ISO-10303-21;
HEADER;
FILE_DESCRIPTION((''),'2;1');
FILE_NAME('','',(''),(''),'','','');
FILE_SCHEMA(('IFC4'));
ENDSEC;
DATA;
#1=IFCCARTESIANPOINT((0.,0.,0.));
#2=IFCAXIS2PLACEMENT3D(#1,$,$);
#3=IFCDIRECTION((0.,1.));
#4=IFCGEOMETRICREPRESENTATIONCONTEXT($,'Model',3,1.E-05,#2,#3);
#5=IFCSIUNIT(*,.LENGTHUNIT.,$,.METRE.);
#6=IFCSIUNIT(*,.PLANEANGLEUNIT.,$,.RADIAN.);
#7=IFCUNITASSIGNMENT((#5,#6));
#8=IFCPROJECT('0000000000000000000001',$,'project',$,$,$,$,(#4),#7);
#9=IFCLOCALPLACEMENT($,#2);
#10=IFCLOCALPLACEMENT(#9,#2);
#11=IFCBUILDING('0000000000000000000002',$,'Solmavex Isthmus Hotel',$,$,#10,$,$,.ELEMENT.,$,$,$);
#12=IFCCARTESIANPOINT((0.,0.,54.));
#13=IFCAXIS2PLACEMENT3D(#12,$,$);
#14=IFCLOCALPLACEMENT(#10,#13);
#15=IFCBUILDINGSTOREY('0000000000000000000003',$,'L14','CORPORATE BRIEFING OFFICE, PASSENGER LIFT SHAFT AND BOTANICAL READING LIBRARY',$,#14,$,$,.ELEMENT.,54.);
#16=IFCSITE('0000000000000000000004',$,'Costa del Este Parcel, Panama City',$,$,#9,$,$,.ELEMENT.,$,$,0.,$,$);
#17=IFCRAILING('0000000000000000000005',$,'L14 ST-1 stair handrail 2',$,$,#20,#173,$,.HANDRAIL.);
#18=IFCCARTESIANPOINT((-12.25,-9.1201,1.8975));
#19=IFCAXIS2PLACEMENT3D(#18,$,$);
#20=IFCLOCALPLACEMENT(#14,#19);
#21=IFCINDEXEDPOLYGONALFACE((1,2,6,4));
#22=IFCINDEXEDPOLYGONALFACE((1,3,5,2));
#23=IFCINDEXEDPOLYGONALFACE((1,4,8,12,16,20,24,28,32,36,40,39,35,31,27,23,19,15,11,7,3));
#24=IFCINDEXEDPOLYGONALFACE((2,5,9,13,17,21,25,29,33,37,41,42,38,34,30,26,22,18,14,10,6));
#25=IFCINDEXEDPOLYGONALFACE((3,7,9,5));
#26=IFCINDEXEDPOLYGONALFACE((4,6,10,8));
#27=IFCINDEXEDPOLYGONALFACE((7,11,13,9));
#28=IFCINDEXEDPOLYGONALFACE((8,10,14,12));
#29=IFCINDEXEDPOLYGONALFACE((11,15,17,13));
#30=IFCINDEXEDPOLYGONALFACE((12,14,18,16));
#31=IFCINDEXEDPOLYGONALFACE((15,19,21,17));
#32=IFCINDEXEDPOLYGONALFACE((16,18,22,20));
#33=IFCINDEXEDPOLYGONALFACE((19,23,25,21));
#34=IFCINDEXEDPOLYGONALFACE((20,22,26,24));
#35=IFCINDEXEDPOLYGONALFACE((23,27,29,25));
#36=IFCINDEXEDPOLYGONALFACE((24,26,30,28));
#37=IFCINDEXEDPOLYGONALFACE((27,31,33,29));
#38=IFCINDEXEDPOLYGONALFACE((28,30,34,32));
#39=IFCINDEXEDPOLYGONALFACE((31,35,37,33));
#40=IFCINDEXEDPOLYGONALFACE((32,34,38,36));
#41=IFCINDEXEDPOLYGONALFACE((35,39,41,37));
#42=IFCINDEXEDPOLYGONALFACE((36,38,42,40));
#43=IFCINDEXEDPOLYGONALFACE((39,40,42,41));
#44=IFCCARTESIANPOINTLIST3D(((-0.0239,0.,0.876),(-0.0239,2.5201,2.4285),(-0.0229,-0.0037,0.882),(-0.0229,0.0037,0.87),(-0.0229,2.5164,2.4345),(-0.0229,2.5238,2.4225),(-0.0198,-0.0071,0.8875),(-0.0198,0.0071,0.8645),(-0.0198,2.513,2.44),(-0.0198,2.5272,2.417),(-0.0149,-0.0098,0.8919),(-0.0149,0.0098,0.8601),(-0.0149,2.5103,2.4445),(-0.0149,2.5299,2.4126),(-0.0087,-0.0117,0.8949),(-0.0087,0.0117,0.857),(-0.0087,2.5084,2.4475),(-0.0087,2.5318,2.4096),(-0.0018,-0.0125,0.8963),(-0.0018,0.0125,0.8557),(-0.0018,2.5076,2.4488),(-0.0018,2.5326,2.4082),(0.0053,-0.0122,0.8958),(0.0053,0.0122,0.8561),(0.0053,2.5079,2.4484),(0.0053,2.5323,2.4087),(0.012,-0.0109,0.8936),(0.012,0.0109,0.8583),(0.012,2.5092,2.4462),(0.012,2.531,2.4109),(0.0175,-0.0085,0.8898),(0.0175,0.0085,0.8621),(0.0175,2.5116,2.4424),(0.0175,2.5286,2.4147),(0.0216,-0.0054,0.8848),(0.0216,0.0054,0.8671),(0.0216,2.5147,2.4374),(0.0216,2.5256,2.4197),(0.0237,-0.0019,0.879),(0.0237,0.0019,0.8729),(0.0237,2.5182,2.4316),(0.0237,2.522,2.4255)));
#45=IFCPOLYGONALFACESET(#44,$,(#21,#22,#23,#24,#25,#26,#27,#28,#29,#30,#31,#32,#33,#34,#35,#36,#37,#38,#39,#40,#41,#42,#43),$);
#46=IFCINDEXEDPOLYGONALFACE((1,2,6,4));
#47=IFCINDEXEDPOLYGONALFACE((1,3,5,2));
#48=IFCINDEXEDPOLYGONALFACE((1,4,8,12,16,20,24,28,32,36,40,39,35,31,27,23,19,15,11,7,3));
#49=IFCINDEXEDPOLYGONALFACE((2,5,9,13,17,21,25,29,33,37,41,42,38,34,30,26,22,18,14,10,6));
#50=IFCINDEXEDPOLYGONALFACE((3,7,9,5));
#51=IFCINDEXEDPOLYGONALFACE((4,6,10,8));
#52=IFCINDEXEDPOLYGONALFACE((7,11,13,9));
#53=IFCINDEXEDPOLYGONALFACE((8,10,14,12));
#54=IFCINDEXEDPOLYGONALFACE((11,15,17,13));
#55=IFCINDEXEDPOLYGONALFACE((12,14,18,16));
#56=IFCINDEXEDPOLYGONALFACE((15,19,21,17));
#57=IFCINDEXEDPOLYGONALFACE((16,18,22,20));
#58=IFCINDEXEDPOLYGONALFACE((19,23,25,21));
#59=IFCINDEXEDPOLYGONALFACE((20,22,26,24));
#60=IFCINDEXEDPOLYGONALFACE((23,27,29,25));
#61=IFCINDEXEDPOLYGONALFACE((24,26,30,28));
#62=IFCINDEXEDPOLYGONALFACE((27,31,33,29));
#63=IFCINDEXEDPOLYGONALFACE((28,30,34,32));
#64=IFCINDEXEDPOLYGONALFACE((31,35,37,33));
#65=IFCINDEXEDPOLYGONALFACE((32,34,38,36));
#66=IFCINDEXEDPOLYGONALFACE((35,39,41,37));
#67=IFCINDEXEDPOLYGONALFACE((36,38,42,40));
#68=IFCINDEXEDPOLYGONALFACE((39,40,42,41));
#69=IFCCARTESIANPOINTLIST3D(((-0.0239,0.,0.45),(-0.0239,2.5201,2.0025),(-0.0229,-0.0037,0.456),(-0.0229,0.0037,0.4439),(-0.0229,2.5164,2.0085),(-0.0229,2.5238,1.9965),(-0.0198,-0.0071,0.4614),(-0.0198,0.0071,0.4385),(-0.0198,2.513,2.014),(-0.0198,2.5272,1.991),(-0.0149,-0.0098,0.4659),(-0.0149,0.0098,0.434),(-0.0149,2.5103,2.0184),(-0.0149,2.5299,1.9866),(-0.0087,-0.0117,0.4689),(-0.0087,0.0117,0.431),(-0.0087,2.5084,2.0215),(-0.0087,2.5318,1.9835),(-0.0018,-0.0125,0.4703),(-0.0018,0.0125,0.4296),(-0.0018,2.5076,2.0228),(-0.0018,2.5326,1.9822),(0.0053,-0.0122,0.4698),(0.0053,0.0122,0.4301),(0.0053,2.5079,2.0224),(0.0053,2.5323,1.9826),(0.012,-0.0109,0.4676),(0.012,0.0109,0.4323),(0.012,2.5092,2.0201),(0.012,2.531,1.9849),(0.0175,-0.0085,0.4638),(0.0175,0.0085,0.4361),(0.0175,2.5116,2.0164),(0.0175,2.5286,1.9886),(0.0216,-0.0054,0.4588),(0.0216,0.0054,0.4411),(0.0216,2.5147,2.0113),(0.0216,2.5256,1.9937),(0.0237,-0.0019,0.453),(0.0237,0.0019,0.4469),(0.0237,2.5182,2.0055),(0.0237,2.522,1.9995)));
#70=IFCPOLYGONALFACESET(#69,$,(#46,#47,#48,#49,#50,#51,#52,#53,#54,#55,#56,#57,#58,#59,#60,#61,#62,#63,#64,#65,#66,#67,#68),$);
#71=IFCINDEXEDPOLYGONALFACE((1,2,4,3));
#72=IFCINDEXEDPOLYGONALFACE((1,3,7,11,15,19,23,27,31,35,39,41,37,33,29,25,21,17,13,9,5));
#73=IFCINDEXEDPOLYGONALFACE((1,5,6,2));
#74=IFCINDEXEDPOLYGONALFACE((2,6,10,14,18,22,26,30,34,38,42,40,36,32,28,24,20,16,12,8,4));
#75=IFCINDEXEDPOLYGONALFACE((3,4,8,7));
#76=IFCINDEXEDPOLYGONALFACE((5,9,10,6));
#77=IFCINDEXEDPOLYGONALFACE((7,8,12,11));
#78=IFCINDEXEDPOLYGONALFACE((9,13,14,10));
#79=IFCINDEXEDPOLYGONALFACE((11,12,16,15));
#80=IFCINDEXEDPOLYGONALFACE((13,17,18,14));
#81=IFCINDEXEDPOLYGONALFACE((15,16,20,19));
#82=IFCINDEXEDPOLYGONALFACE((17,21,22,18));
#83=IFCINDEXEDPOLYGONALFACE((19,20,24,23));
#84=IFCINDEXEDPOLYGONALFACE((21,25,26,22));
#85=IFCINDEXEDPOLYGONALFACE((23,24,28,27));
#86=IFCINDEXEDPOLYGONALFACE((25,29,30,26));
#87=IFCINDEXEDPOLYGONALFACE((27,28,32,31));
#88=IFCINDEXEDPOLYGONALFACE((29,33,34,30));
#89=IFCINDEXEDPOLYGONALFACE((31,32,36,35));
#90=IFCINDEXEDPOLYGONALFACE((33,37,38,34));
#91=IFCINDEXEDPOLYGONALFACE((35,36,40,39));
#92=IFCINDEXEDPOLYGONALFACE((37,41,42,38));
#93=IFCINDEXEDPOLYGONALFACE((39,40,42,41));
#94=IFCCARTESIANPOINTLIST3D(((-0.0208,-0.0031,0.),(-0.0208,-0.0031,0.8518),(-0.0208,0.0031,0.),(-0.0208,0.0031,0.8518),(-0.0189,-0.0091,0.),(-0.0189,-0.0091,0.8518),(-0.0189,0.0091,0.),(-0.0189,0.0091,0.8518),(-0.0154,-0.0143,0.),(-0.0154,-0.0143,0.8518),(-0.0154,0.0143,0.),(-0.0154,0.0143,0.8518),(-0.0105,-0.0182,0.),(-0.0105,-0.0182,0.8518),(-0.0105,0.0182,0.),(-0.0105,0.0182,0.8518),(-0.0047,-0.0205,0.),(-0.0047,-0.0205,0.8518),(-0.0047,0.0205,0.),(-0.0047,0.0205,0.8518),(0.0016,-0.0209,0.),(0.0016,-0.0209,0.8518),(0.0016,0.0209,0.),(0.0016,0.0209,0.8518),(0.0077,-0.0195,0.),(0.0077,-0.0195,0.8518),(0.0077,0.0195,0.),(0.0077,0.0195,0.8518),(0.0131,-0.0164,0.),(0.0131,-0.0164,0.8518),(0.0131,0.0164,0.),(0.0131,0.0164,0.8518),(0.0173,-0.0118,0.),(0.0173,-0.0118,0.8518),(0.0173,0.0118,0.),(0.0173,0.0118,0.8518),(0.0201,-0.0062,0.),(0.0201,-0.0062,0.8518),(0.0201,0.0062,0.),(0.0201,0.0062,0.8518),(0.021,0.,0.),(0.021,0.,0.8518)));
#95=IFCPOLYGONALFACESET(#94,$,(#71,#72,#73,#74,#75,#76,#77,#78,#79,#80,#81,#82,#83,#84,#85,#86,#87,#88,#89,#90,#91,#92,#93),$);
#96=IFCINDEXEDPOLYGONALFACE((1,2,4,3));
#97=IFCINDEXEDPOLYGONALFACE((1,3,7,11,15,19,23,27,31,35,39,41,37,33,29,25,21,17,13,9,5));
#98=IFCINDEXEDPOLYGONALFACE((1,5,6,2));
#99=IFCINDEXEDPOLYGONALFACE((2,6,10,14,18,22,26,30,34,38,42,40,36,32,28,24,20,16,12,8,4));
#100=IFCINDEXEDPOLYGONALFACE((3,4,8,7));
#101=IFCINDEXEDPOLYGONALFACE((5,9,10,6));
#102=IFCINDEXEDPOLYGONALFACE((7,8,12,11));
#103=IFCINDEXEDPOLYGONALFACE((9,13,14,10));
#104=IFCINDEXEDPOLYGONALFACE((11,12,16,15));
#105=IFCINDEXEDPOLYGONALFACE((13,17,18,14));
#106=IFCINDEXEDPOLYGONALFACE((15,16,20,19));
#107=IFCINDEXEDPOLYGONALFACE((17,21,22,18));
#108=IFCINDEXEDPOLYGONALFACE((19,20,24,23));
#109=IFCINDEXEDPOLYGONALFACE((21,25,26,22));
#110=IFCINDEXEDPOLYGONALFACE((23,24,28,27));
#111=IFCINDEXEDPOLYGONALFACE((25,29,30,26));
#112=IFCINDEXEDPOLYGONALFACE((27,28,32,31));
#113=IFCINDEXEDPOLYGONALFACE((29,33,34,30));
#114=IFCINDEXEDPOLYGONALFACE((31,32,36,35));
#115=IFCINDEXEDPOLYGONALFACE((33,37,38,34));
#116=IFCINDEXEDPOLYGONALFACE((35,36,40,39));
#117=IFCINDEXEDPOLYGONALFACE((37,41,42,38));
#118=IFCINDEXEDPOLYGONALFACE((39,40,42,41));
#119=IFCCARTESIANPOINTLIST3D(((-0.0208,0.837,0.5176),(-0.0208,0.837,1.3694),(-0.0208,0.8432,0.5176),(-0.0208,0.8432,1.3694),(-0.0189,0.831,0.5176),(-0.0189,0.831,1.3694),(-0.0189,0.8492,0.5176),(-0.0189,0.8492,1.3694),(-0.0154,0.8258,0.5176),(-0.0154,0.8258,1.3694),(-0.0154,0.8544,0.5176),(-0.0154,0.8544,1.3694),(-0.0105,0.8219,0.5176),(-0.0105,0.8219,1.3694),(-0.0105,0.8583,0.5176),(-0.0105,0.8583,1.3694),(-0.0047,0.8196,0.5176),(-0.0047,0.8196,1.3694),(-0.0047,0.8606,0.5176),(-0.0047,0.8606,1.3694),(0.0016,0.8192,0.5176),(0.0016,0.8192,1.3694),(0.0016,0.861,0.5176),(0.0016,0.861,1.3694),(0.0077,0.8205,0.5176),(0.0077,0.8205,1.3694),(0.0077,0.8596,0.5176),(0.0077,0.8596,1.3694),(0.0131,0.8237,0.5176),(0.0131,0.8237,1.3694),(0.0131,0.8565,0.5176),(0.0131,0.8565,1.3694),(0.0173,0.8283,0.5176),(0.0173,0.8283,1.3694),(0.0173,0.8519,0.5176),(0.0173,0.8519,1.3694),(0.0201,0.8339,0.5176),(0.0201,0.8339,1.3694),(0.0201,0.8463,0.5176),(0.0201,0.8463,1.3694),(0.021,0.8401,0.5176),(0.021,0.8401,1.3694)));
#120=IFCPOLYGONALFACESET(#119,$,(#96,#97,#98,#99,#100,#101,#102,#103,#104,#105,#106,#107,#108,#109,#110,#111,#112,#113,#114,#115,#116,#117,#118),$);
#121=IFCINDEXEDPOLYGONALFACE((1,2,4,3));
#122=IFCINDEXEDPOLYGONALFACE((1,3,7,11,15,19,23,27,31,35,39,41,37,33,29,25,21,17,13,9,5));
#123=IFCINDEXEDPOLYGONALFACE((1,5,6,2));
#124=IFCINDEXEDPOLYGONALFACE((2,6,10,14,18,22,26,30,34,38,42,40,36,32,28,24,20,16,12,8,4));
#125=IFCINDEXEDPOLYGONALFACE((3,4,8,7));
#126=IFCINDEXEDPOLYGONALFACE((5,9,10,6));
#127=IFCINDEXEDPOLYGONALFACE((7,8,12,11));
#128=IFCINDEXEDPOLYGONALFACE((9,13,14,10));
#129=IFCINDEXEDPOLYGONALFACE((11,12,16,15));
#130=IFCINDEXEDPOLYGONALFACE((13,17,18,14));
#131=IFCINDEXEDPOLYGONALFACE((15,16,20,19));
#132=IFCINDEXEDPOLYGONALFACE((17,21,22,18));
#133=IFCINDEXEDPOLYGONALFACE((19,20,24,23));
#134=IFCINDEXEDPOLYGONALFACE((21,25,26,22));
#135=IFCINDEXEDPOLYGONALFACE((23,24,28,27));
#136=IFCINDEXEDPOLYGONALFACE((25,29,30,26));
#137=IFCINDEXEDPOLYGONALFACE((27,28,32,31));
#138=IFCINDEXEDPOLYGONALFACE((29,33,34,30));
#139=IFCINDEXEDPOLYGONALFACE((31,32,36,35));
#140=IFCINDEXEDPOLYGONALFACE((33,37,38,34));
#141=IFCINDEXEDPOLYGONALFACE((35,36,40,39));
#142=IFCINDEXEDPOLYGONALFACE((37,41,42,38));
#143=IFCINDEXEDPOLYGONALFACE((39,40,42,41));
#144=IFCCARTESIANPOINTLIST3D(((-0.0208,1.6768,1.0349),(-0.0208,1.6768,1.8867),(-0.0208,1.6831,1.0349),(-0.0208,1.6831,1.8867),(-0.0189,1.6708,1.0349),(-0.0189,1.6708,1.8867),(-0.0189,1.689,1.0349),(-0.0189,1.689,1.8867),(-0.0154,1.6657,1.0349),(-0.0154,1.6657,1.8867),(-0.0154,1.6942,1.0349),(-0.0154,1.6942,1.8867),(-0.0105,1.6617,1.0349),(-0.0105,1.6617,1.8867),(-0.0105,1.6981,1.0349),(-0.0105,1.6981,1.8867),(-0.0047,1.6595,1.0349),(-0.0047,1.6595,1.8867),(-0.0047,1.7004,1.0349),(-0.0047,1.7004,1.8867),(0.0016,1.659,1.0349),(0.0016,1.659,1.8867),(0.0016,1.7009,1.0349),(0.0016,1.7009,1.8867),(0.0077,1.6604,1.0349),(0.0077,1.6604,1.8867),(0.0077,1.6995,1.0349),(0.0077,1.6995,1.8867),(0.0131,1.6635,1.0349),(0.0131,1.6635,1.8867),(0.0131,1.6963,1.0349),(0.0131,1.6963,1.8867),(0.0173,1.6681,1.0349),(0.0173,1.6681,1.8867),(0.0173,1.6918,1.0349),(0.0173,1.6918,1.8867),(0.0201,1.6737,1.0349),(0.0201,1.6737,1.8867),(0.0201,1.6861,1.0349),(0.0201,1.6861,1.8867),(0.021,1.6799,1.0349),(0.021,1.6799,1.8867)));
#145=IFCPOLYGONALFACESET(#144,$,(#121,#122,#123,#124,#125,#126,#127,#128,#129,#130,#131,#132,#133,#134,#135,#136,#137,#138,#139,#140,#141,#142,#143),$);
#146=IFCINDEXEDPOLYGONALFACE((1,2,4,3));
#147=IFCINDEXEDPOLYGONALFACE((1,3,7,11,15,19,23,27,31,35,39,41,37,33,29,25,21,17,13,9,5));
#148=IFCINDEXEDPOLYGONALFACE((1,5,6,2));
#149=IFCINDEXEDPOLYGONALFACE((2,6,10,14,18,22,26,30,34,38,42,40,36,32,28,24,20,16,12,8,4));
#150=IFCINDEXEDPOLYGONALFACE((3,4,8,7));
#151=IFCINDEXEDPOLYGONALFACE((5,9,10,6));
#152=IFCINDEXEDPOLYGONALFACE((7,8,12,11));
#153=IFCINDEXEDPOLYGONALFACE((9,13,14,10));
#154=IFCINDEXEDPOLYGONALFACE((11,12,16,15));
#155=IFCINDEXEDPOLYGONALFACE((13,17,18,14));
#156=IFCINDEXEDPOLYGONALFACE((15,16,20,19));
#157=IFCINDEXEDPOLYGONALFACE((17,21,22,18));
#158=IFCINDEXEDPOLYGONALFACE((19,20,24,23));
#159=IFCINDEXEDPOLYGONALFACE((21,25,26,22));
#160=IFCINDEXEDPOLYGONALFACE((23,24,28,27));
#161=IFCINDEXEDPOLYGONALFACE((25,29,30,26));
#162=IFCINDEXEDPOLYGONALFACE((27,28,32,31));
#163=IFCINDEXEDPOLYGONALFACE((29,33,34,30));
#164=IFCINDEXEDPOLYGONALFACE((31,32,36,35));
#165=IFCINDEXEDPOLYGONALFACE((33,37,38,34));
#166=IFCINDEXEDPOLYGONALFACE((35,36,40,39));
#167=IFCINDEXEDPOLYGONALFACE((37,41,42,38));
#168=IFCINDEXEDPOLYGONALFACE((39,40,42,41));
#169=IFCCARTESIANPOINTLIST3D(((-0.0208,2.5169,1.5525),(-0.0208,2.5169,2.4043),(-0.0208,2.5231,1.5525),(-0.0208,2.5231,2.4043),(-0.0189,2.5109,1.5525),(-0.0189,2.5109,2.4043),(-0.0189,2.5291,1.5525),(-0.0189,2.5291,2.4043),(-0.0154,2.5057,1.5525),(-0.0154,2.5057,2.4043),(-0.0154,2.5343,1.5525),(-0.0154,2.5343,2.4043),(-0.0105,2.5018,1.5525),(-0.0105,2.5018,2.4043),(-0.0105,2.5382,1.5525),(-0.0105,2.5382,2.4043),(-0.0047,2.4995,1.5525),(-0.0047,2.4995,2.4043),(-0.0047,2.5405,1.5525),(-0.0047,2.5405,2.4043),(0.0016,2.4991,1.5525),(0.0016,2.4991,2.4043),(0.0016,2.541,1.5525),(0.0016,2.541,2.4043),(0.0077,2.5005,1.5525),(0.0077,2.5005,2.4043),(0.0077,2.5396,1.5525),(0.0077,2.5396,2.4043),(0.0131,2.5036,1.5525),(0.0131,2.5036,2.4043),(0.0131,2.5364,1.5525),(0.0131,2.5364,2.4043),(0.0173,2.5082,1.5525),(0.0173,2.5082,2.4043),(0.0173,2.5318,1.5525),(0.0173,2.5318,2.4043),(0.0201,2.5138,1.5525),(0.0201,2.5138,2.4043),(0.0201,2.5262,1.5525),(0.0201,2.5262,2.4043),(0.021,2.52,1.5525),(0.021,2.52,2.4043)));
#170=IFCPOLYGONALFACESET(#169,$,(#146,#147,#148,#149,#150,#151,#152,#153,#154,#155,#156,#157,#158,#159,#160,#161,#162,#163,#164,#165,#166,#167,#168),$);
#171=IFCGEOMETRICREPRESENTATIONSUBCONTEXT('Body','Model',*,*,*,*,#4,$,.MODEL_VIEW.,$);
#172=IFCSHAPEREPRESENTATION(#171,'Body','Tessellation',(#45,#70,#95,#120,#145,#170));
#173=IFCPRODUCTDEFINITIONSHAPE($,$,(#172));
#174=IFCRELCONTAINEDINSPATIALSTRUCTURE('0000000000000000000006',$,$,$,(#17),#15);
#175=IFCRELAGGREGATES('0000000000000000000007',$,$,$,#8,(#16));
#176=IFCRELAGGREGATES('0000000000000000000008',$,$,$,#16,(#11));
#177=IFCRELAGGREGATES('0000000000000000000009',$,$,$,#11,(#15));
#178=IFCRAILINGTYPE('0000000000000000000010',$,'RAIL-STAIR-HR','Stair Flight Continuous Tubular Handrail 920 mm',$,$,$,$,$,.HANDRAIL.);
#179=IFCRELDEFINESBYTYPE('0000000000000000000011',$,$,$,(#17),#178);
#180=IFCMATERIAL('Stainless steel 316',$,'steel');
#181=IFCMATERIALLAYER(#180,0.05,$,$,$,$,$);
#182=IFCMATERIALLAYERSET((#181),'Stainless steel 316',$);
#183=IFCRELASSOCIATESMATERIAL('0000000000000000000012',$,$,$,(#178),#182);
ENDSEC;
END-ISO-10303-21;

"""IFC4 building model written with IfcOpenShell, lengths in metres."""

from ifc_helpers import new_model, si_unit, direction, frame, origin, origin_2d, place, context, subcontext, project, spatial, circle, extrude, material, layer, layer_set, type_object, element, save


model = new_model("IFC4")

# Units and contexts
model_context = context("Model", 3, precision=1e-05, world=origin(), true_north=direction((0.0, 1.0)))
body_context = subcontext(model_context, "Body", "Model", "MODEL_VIEW")
ifc_project = project(units=[si_unit("LENGTHUNIT", "METRE"), si_unit("PLANEANGLEUNIT", "RADIAN")], contexts=[model_context])

# Site, building, storey
site_placement = place(None, origin())
site = spatial("IfcSite", under=ifc_project, at=site_placement, Name="Costa del Este Parcel, Panama City", CompositionType="ELEMENT", RefElevation=0.0)
building_placement = place(site_placement, origin())
building = spatial("IfcBuilding", under=site, at=building_placement, Name="Solmavex Isthmus Hotel", CompositionType="ELEMENT")
storey_placement = place(building_placement, frame((0.0, 0.0, 54.0)))
storey = spatial("IfcBuildingStorey", under=building, at=storey_placement, Name="L14", Description="CORPORATE BRIEFING OFFICE, PASSENGER LIFT SHAFT AND BOTANICAL READING LIBRARY", CompositionType="ELEMENT", Elevation=54.0)

# Shared definitions
ifc_material_1 = material(Name="Stainless steel 316", Category="steel")

# Railing
ifc_layer_1 = layer(ifc_material_1, 0.05)
ifc_layer_set_1 = layer_set([ifc_layer_1], Name="Stainless steel 316")
railing_type_1 = type_object("IfcRailingType", Name="RAIL-STAIR-HR", Description="Stair Flight Continuous Tubular Handrail 920 mm", PredefinedType="HANDRAIL", material=ifc_layer_set_1)
railing_1_placement = place(storey_placement, frame((-12.25, -9.1201, 1.8975)))
element("IfcRailing", 1, at=railing_1_placement, inside=storey, type_object=railing_type_1, Name="L14 ST-1 stair handrail 2", PredefinedType="HANDRAIL", context=body_context, shape_type="SweptSolid", body=[
    extrude(circle(Radius=0.0239, at=origin_2d()), frame((0.0, 0.0, 0.876), z_axis=(0.0, 0.8514, 0.524516), x_axis=(-1.0, 0.0, 0.0)), (0.0, 0.0, 1.0), 2.96),
    extrude(circle(Radius=0.0239, at=origin_2d()), frame((0.0, 0.0, 0.45), z_axis=(0.0, 0.8514, 0.524516), x_axis=(-1.0, 0.0, 0.0)), (0.0, 0.0, 1.0), 2.96),
    extrude(circle(Radius=0.021, at=origin_2d()), origin(), (0.0, 0.0, 1.0), 0.8518),
    extrude(circle(Radius=0.021, at=origin_2d()), frame((0.0, 0.8401, 0.5176)), (0.0, 0.0, 1.0), 0.8518),
    extrude(circle(Radius=0.021, at=origin_2d()), frame((0.0, 1.6799, 1.0349)), (0.0, 0.0, 1.0), 0.8518),
    extrude(circle(Radius=0.021, at=origin_2d()), frame((0.0, 2.52, 1.5525)), (0.0, 0.0, 1.0), 0.8518),
])

save(model, "model.ifc")
